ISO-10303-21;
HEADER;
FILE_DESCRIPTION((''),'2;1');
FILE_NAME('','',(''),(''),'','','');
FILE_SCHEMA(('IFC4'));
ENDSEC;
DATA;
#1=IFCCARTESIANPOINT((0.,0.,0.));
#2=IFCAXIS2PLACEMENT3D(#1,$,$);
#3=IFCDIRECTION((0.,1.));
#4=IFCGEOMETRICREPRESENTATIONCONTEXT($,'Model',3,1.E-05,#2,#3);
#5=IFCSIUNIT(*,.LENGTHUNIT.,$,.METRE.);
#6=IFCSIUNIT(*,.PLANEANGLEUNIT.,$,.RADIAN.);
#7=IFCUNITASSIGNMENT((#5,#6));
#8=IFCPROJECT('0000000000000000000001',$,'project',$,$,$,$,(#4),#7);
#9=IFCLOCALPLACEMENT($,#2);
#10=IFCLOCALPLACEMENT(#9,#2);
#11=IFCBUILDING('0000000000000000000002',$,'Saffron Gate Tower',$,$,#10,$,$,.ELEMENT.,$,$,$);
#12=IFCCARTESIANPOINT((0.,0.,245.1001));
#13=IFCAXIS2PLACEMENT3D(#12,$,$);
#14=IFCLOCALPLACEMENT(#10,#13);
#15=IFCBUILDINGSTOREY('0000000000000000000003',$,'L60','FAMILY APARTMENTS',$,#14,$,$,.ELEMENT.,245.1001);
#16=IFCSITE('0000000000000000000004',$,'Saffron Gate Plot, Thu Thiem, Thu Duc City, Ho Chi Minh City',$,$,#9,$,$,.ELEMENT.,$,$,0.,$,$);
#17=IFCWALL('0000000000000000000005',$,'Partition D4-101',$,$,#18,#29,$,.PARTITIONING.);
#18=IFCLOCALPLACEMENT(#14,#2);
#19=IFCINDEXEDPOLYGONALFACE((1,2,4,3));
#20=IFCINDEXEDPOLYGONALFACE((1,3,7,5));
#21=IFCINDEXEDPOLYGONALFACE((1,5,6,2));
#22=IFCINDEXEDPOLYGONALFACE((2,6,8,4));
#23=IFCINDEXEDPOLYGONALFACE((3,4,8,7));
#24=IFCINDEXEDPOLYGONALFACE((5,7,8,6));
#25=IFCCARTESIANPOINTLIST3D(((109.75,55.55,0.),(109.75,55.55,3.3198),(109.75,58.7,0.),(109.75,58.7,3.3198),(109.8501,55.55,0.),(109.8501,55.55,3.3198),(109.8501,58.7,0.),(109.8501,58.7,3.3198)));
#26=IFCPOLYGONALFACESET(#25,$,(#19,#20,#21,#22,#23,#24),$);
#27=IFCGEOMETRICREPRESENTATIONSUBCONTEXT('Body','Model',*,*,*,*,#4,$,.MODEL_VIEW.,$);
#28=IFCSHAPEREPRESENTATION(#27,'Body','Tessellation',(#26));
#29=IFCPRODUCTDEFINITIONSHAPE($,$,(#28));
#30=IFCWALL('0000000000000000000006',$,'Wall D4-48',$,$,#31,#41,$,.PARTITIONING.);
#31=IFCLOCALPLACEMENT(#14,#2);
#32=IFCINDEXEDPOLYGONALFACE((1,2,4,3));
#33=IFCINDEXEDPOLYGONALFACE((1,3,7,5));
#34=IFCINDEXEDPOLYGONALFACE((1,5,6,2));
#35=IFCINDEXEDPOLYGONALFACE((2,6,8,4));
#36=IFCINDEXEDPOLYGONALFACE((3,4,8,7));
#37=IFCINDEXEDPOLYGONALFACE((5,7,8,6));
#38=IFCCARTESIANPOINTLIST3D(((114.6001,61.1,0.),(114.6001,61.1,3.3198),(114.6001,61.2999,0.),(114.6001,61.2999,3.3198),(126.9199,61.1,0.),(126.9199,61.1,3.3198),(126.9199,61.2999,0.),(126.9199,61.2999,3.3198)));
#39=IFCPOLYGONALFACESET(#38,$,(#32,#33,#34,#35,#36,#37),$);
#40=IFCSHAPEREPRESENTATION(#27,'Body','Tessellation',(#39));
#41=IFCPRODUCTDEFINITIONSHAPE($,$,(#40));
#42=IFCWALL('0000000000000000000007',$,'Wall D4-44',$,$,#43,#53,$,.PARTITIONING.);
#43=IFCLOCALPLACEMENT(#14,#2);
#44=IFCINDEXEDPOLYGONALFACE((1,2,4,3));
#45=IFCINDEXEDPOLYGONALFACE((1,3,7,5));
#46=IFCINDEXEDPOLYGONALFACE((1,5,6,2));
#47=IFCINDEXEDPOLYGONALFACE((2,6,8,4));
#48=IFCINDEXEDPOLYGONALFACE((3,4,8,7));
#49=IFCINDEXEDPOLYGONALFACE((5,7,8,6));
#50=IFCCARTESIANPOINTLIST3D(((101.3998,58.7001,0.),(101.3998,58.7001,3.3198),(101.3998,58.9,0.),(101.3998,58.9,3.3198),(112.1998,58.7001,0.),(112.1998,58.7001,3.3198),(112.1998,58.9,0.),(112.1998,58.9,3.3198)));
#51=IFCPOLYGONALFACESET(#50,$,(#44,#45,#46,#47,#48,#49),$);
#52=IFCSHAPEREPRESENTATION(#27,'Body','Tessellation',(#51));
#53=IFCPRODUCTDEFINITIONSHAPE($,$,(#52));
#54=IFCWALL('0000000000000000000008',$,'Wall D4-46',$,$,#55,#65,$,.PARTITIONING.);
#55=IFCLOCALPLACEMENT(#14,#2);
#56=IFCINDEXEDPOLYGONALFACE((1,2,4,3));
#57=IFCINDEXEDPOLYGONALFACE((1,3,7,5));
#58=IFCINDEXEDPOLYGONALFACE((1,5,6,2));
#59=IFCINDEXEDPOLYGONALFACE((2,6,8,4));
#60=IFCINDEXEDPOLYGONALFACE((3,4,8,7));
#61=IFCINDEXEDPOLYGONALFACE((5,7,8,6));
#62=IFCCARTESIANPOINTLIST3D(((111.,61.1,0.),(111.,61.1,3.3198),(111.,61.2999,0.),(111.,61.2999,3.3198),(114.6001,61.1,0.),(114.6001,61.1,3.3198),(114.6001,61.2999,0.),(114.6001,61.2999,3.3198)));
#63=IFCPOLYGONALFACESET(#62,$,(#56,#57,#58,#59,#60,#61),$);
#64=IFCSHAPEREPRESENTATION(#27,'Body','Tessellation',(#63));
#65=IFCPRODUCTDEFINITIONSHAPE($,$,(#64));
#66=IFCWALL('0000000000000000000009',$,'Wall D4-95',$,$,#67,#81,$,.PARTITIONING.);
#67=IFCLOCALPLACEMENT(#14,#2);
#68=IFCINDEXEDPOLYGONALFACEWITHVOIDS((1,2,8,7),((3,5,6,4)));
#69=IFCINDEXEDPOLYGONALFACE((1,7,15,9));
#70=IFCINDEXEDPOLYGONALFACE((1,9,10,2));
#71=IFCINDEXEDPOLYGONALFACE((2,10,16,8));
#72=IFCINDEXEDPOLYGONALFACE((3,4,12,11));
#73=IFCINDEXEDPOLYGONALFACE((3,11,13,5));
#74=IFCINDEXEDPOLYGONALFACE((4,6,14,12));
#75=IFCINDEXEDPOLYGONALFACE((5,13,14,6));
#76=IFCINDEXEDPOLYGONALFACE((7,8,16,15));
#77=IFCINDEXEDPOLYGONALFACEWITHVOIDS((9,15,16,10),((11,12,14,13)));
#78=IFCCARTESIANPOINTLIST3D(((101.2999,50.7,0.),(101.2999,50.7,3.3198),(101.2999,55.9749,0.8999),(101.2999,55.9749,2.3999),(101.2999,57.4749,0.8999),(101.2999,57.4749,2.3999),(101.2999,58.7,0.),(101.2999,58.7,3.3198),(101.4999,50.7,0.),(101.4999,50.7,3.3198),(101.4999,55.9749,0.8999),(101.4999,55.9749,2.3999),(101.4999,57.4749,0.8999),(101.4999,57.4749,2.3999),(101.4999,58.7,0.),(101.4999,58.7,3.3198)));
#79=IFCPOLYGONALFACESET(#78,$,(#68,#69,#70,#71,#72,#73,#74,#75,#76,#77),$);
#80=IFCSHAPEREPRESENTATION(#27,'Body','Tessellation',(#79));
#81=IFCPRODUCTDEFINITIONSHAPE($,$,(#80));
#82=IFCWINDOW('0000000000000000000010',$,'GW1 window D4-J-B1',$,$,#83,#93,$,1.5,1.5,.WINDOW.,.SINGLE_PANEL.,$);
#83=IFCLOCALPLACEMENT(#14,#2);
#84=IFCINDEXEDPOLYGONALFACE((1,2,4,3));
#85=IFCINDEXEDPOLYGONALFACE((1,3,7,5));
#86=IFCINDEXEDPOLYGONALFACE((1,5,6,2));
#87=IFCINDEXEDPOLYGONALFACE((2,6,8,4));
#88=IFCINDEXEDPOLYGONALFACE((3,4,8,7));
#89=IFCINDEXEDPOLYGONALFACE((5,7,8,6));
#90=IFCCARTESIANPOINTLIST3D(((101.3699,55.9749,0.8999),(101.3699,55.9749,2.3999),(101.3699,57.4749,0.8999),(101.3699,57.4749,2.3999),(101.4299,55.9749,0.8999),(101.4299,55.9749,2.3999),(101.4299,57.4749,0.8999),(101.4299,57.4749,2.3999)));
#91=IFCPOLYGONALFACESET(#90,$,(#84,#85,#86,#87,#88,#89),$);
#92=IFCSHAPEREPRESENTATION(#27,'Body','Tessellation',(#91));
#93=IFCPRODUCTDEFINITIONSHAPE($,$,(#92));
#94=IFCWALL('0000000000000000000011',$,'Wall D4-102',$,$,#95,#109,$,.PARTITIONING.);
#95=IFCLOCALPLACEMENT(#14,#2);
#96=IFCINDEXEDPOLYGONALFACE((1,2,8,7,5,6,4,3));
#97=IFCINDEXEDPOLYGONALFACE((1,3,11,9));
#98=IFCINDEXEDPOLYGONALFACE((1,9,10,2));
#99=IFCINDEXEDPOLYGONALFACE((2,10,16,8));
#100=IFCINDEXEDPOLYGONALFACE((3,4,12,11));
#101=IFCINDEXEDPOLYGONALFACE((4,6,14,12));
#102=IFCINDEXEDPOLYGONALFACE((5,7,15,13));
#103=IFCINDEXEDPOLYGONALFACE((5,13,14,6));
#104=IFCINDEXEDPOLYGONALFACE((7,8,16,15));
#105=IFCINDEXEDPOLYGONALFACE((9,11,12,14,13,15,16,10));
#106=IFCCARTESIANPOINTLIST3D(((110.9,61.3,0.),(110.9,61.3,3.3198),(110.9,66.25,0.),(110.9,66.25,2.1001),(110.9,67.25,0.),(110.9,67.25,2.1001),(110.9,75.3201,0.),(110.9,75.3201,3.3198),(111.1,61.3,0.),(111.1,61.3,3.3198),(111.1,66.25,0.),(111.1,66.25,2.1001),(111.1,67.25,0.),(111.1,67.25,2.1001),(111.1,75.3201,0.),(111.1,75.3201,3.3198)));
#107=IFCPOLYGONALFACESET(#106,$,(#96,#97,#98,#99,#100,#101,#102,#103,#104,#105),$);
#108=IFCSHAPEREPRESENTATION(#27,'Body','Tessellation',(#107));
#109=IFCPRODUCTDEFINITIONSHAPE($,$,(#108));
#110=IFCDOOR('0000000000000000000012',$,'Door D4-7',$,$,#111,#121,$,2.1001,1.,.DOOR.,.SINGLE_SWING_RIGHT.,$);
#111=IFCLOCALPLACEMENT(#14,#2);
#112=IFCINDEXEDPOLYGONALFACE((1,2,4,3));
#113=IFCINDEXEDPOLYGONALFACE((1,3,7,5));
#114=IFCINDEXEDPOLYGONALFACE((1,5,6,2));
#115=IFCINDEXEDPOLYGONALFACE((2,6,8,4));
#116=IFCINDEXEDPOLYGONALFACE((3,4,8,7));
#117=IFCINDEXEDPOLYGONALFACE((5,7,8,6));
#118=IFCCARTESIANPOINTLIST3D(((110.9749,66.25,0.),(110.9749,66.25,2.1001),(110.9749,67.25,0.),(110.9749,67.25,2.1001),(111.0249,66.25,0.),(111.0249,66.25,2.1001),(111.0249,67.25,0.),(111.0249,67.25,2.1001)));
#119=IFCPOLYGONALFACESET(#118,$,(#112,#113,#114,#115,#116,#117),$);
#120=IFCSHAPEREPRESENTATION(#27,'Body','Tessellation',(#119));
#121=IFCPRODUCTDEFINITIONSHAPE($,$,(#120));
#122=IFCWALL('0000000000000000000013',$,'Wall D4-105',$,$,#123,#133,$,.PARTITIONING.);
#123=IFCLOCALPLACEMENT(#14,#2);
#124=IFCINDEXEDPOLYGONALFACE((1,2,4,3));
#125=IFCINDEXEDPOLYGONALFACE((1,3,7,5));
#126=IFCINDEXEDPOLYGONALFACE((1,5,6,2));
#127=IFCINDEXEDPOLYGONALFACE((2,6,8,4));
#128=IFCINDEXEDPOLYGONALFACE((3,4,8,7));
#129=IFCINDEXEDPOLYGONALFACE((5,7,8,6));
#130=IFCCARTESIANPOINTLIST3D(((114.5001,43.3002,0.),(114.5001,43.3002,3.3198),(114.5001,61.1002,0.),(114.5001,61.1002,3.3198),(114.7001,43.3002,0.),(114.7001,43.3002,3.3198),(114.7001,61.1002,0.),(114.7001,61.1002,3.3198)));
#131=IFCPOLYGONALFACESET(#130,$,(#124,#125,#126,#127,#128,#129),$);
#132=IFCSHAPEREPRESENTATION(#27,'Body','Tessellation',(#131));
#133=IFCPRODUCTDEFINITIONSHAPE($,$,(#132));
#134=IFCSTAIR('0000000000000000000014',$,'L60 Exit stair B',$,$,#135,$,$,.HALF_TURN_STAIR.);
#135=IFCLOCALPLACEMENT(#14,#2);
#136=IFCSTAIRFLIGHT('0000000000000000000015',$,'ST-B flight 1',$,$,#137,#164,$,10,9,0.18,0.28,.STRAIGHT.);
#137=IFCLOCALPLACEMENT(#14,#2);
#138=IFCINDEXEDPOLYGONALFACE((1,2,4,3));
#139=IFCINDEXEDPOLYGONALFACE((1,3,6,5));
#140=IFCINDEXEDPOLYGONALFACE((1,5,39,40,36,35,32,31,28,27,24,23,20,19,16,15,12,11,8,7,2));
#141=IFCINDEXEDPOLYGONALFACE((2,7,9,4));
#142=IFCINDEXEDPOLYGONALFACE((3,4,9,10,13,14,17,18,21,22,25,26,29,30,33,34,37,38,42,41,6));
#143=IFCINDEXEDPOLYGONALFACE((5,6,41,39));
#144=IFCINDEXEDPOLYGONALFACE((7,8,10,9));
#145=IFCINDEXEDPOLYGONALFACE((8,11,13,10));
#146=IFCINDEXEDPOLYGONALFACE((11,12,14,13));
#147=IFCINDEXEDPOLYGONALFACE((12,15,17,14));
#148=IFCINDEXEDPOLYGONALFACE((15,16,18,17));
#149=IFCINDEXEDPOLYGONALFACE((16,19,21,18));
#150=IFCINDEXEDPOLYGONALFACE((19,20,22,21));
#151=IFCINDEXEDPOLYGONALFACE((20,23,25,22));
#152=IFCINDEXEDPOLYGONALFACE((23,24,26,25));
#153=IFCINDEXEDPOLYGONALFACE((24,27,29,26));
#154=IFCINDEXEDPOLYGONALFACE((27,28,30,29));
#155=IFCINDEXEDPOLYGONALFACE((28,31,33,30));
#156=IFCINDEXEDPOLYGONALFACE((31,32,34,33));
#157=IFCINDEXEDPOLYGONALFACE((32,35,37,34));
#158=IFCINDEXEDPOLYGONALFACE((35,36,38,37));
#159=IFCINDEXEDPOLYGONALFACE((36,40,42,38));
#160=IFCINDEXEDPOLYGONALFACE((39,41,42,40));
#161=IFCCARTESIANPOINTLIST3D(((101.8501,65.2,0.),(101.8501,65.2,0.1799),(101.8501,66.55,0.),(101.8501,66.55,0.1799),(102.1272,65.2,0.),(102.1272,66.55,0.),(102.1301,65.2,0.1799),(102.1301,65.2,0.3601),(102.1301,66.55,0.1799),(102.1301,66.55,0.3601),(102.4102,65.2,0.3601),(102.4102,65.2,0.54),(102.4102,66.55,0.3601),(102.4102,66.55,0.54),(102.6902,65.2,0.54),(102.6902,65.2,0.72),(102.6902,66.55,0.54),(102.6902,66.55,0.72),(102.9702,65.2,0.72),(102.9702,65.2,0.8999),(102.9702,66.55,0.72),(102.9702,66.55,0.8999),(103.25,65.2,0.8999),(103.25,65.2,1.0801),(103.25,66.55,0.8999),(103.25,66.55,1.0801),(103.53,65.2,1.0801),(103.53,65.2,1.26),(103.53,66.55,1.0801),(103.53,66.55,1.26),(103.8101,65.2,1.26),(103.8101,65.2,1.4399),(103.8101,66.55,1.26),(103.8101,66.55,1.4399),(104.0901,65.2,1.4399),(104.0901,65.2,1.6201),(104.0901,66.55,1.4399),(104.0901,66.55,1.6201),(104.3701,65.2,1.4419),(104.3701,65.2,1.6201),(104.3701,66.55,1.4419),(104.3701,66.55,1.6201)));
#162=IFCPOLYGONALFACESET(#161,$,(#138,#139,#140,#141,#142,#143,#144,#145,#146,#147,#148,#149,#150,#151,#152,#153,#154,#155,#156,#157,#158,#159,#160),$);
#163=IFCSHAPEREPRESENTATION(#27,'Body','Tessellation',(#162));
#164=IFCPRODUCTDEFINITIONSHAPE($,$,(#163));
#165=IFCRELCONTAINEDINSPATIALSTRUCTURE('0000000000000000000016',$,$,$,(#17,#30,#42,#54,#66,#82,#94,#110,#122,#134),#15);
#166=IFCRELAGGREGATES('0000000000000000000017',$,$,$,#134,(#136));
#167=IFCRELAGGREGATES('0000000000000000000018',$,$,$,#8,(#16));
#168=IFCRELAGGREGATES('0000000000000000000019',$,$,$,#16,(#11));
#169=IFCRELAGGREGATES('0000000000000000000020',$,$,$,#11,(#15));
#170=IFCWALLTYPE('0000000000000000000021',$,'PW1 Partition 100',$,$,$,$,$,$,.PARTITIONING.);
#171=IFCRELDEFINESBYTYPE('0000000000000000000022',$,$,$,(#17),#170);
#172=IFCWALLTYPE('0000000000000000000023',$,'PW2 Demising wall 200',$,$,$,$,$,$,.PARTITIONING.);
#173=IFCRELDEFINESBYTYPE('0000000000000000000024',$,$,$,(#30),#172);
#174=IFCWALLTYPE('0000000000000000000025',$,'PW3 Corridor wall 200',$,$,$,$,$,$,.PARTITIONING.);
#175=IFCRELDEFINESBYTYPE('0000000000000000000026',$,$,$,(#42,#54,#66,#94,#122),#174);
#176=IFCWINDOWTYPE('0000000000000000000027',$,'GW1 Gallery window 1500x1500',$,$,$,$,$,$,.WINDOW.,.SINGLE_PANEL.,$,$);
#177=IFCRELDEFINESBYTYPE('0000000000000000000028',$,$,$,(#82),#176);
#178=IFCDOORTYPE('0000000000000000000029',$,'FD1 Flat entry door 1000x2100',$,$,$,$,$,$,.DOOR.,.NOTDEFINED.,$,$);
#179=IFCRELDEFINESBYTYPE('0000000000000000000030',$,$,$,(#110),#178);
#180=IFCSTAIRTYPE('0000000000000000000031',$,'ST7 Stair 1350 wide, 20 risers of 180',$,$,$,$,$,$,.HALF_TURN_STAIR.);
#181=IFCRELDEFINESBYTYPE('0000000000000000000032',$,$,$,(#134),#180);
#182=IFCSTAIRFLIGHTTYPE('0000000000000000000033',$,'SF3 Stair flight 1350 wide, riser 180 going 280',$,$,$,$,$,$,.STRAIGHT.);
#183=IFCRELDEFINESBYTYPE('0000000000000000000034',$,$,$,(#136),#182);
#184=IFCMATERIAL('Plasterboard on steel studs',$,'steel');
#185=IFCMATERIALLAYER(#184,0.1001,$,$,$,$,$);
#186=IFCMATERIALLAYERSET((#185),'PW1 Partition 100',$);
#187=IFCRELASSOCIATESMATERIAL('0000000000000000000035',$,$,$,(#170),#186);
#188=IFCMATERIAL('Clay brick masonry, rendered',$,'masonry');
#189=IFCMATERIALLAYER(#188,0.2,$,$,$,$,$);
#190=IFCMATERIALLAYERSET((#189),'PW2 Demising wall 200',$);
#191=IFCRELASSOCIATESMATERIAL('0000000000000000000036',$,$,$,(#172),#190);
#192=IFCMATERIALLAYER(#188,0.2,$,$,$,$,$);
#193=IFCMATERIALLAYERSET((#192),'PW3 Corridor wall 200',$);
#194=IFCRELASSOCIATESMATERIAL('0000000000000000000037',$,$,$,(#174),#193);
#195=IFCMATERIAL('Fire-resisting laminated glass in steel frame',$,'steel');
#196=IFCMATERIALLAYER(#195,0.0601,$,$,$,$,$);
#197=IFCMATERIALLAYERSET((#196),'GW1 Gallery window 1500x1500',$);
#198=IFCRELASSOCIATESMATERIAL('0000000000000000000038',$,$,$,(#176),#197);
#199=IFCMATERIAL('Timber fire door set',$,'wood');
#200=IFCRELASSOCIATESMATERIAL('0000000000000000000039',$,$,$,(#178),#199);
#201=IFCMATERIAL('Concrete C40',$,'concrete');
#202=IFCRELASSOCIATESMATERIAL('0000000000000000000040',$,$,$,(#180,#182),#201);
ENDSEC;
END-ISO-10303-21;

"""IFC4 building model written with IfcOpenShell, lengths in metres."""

from ifc_helpers import new_model, si_unit, direction, frame, frame_2d, origin, place, context, subcontext, project, spatial, polyline, rectangle, outline, extrude, material, layer, layer_set, type_object, element, fill, aggregate, save


model = new_model("IFC4")

# Units and contexts
model_context = context("Model", 3, precision=1e-05, world=origin(), true_north=direction((0.0, 1.0)))
body_context = subcontext(model_context, "Body", "Model", "MODEL_VIEW")
ifc_project = project(units=[si_unit("LENGTHUNIT", "METRE"), si_unit("PLANEANGLEUNIT", "RADIAN")], contexts=[model_context])

# Site, building, storey
site_placement = place(None, origin())
site = spatial("IfcSite", under=ifc_project, at=site_placement, Name="Saffron Gate Plot, Thu Thiem, Thu Duc City, Ho Chi Minh City", CompositionType="ELEMENT", RefElevation=0.0)
building_placement = place(site_placement, origin())
building = spatial("IfcBuilding", under=site, at=building_placement, Name="Saffron Gate Tower", CompositionType="ELEMENT")
storey_placement = place(building_placement, frame((0.0, 0.0, 245.1001)))
storey = spatial("IfcBuildingStorey", under=building, at=storey_placement, Name="L60", Description="FAMILY APARTMENTS", CompositionType="ELEMENT", Elevation=245.1001)

# Walls
ifc_material_1 = material(Name="Plasterboard on steel studs", Category="steel")
ifc_layer_1 = layer(ifc_material_1, 0.1001)
ifc_layer_set_1 = layer_set([ifc_layer_1], Name="PW1 Partition 100")
wall_type_1 = type_object("IfcWallType", Name="PW1 Partition 100", PredefinedType="PARTITIONING", material=ifc_layer_set_1)
wall_1_placement = place(storey_placement, frame((109.8, 58.7, 0.0), z_axis=(0.0, 0.0, 1.0), x_axis=(0.0, -1.0, 0.0)))
element("IfcWall", 1, at=wall_1_placement, inside=storey, type_object=wall_type_1, Name="Partition D4-101", PredefinedType="PARTITIONING", context=body_context, shape_type="SweptSolid", body=[
    extrude(rectangle(XDim=3.1499, YDim=0.1001, at=frame_2d((1.575, 0.0))), origin(), (0.0, 0.0, 1.0), 3.3198),
])
ifc_material_2 = material(Name="Clay brick masonry, rendered", Category="masonry")
ifc_layer_2 = layer(ifc_material_2, 0.2)
ifc_layer_set_2 = layer_set([ifc_layer_2], Name="PW2 Demising wall 200")
wall_type_2 = type_object("IfcWallType", Name="PW2 Demising wall 200", PredefinedType="PARTITIONING", material=ifc_layer_set_2)
wall_2_placement = place(storey_placement, frame((114.6001, 61.2, 0.0), z_axis=(0.0, 0.0, 1.0), x_axis=(1.0, 0.0, 0.0)))
element("IfcWall", 2, at=wall_2_placement, inside=storey, type_object=wall_type_2, Name="Wall D4-48", PredefinedType="PARTITIONING", context=body_context, shape_type="SweptSolid", body=[
    extrude(rectangle(XDim=12.3198, YDim=0.2, at=frame_2d((6.1599, 0.0))), origin(), (0.0, 0.0, 1.0), 3.3198),
])
ifc_layer_3 = layer(ifc_material_2, 0.2)
ifc_layer_set_3 = layer_set([ifc_layer_3], Name="PW3 Corridor wall 200")
wall_type_3 = type_object("IfcWallType", Name="PW3 Corridor wall 200", PredefinedType="PARTITIONING", material=ifc_layer_set_3)
wall_3_placement = place(storey_placement, frame((101.3999, 58.8, 0.0), z_axis=(0.0, 0.0, 1.0), x_axis=(1.0, 0.0, 0.0)))
element("IfcWall", 3, at=wall_3_placement, inside=storey, type_object=wall_type_3, Name="Wall D4-44", PredefinedType="PARTITIONING", context=body_context, shape_type="SweptSolid", body=[
    extrude(rectangle(XDim=10.8, YDim=0.2, at=frame_2d((5.3999, 0.0))), origin(), (0.0, 0.0, 1.0), 3.3198),
])
wall_4_placement = place(storey_placement, frame((111.0, 61.2, 0.0), z_axis=(0.0, 0.0, 1.0), x_axis=(1.0, 0.0, 0.0)))
element("IfcWall", 4, at=wall_4_placement, inside=storey, type_object=wall_type_3, Name="Wall D4-46", PredefinedType="PARTITIONING", context=body_context, shape_type="SweptSolid", body=[
    extrude(rectangle(XDim=3.6001, YDim=0.2, at=frame_2d((1.8, 0.0))), origin(), (0.0, 0.0, 1.0), 3.3198),
])

# Wall, opening, window
wall_5_placement = place(storey_placement, frame((101.3999, 58.7, 0.0), z_axis=(0.0, 0.0, 1.0), x_axis=(0.0, -1.0, 0.0)))
wall_5 = element("IfcWall", 5, at=wall_5_placement, inside=storey, type_object=wall_type_3, Name="Wall D4-95", PredefinedType="PARTITIONING", context=body_context, shape_type="SweptSolid", body=[
    extrude(rectangle(XDim=8.0, YDim=0.2, at=frame_2d((4.0, 0.0))), origin(), (0.0, 0.0, 1.0), 3.3198),
])
opening_1_placement = place(wall_5_placement, frame((1.2251, 0.0, 0.8999)))
opening_1 = element("IfcOpeningElement", 6, at=opening_1_placement, cuts=wall_5, PredefinedType="OPENING", context=body_context, shape_type="SweptSolid", body=[
    extrude(rectangle(XDim=1.5, YDim=1.5, at=frame_2d((0.75, 0.75))), frame((0.0, 0.1099, 0.0), z_axis=(0.0, -1.0, 0.0), x_axis=(1.0, 0.0, 0.0)), (0.0, 0.0, 1.0), 0.22),
])
ifc_material_3 = material(Name="Fire-resisting laminated glass in steel frame", Category="steel")
ifc_layer_4 = layer(ifc_material_3, 0.0601)
ifc_layer_set_4 = layer_set([ifc_layer_4], Name="GW1 Gallery window 1500x1500")
window_type = type_object("IfcWindowType", Name="GW1 Gallery window 1500x1500", PartitioningType="SINGLE_PANEL", PredefinedType="WINDOW", material=ifc_layer_set_4)
window_placement = place(opening_1_placement, origin())
window = element("IfcWindow", 7, at=window_placement, inside=storey, type_object=window_type, Name="GW1 window D4-J-B1", OverallHeight=1.5, OverallWidth=1.5, PartitioningType="SINGLE_PANEL", PredefinedType="WINDOW", context=body_context, shape_type="SweptSolid", body=[
    extrude(rectangle(XDim=1.5, YDim=1.5, at=frame_2d((0.75, 0.75))), frame((0.0, 0.03, 0.0), z_axis=(0.0, -1.0, 0.0), x_axis=(1.0, 0.0, 0.0)), (0.0, 0.0, 1.0), 0.0601),
])
fill(opening_1, window)

# Wall, opening, door
wall_6_placement = place(storey_placement, frame((111.0, 75.3201, 0.0), z_axis=(0.0, 0.0, 1.0), x_axis=(0.0, -1.0, 0.0)))
wall_6 = element("IfcWall", 8, at=wall_6_placement, inside=storey, type_object=wall_type_3, Name="Wall D4-102", PredefinedType="PARTITIONING", context=body_context, shape_type="SweptSolid", body=[
    extrude(rectangle(XDim=14.02, YDim=0.2, at=frame_2d((7.01, 0.0))), origin(), (0.0, 0.0, 1.0), 3.3198),
])
opening_2_placement = place(wall_6_placement, frame((8.0701, 0.0, 0.0)))
opening_2 = element("IfcOpeningElement", 9, at=opening_2_placement, cuts=wall_6, PredefinedType="OPENING", context=body_context, shape_type="SweptSolid", body=[
    extrude(rectangle(XDim=1.0, YDim=2.1001, at=frame_2d((0.5, 1.05))), frame((0.0, 0.1099, 0.0), z_axis=(0.0, -1.0, 0.0), x_axis=(1.0, 0.0, 0.0)), (0.0, 0.0, 1.0), 0.22),
])
ifc_material_4 = material(Name="Timber fire door set", Category="wood")
door_type_1 = type_object("IfcDoorType", Name="FD1 Flat entry door 1000x2100", OperationType="NOTDEFINED", PredefinedType="DOOR", material=ifc_material_4)
door_1_placement = place(opening_2_placement, origin())
door_1 = element("IfcDoor", 10, at=door_1_placement, inside=storey, type_object=door_type_1, Name="Door D4-7", OperationType="SINGLE_SWING_RIGHT", OverallHeight=2.1001, OverallWidth=1.0, PredefinedType="DOOR", context=body_context, shape_type="SweptSolid", body=[
    extrude(rectangle(XDim=1.0, YDim=2.1001, at=frame_2d((0.5, 1.05))), frame((0.0, 0.0249, 0.0), z_axis=(0.0, -1.0, 0.0), x_axis=(1.0, 0.0, 0.0)), (0.0, 0.0, 1.0), 0.05),
])
fill(opening_2, door_1)

# Wall
wall_7_placement = place(storey_placement, frame((114.6001, 61.1001, 0.0), z_axis=(0.0, 0.0, 1.0), x_axis=(0.0, -1.0, 0.0)))
element("IfcWall", 11, at=wall_7_placement, inside=storey, type_object=wall_type_3, Name="Wall D4-105", PredefinedType="PARTITIONING", context=body_context, shape_type="SweptSolid", body=[
    extrude(rectangle(XDim=17.8, YDim=0.2, at=frame_2d((8.8999, 0.0))), origin(), (0.0, 0.0, 1.0), 3.3198),
])

# Stair, stair flight
ifc_material_5 = material(Name="Concrete C40", Category="concrete")
stair_type = type_object("IfcStairType", Name="ST7 Stair 1350 wide, 20 risers of 180", PredefinedType="HALF_TURN_STAIR", material=ifc_material_5)
stair_placement = place(storey_placement, origin())
stair = element("IfcStair", 12, at=stair_placement, inside=storey, type_object=stair_type, Name="L60 Exit stair B", PredefinedType="HALF_TURN_STAIR")
stair_flight_type = type_object("IfcStairFlightType", Name="SF3 Stair flight 1350 wide, riser 180 going 280", PredefinedType="STRAIGHT", material=ifc_material_5)
stair_flight_1_placement = place(storey_placement, frame((101.8501, 65.875, 0.0), z_axis=(0.0, 0.0, 1.0), x_axis=(1.0, 0.0, 0.0)))
stair_flight_1 = element("IfcStairFlight", 13, at=stair_flight_1_placement, type_object=stair_flight_type, Name="ST-B flight 1", NumberOfRisers=10, NumberOfTreads=9, PredefinedType="STRAIGHT", RiserHeight=0.18, TreadLength=0.28, context=body_context, shape_type="SweptSolid", body=[
    extrude(outline(polyline([(0.0, 0.0), (0.0, 0.1799), (0.28, 0.1799), (0.28, 0.3601), (0.5601, 0.3601), (0.5601, 0.54), (0.8401, 0.54), (0.8401, 0.72), (1.1201, 0.72), (1.1201, 0.8999), (1.3999, 0.8999), (1.3999, 1.0801), (1.6799, 1.0801), (1.6799, 1.26), (1.96, 1.26), (1.96, 1.4399), (2.24, 1.4399), (2.24, 1.6201), (2.52, 1.6201), (2.52, 1.8), (2.52, 1.4419), (0.2771, 0.0), (0.0, 0.0)])), frame((0.0, 0.675, 0.0), z_axis=(0.0, -1.0, 0.0), x_axis=(1.0, 0.0, 0.0)), (0.0, 0.0, 1.0), 1.3501),
])
aggregate(stair, [stair_flight_1])

save(model, "model.ifc")
